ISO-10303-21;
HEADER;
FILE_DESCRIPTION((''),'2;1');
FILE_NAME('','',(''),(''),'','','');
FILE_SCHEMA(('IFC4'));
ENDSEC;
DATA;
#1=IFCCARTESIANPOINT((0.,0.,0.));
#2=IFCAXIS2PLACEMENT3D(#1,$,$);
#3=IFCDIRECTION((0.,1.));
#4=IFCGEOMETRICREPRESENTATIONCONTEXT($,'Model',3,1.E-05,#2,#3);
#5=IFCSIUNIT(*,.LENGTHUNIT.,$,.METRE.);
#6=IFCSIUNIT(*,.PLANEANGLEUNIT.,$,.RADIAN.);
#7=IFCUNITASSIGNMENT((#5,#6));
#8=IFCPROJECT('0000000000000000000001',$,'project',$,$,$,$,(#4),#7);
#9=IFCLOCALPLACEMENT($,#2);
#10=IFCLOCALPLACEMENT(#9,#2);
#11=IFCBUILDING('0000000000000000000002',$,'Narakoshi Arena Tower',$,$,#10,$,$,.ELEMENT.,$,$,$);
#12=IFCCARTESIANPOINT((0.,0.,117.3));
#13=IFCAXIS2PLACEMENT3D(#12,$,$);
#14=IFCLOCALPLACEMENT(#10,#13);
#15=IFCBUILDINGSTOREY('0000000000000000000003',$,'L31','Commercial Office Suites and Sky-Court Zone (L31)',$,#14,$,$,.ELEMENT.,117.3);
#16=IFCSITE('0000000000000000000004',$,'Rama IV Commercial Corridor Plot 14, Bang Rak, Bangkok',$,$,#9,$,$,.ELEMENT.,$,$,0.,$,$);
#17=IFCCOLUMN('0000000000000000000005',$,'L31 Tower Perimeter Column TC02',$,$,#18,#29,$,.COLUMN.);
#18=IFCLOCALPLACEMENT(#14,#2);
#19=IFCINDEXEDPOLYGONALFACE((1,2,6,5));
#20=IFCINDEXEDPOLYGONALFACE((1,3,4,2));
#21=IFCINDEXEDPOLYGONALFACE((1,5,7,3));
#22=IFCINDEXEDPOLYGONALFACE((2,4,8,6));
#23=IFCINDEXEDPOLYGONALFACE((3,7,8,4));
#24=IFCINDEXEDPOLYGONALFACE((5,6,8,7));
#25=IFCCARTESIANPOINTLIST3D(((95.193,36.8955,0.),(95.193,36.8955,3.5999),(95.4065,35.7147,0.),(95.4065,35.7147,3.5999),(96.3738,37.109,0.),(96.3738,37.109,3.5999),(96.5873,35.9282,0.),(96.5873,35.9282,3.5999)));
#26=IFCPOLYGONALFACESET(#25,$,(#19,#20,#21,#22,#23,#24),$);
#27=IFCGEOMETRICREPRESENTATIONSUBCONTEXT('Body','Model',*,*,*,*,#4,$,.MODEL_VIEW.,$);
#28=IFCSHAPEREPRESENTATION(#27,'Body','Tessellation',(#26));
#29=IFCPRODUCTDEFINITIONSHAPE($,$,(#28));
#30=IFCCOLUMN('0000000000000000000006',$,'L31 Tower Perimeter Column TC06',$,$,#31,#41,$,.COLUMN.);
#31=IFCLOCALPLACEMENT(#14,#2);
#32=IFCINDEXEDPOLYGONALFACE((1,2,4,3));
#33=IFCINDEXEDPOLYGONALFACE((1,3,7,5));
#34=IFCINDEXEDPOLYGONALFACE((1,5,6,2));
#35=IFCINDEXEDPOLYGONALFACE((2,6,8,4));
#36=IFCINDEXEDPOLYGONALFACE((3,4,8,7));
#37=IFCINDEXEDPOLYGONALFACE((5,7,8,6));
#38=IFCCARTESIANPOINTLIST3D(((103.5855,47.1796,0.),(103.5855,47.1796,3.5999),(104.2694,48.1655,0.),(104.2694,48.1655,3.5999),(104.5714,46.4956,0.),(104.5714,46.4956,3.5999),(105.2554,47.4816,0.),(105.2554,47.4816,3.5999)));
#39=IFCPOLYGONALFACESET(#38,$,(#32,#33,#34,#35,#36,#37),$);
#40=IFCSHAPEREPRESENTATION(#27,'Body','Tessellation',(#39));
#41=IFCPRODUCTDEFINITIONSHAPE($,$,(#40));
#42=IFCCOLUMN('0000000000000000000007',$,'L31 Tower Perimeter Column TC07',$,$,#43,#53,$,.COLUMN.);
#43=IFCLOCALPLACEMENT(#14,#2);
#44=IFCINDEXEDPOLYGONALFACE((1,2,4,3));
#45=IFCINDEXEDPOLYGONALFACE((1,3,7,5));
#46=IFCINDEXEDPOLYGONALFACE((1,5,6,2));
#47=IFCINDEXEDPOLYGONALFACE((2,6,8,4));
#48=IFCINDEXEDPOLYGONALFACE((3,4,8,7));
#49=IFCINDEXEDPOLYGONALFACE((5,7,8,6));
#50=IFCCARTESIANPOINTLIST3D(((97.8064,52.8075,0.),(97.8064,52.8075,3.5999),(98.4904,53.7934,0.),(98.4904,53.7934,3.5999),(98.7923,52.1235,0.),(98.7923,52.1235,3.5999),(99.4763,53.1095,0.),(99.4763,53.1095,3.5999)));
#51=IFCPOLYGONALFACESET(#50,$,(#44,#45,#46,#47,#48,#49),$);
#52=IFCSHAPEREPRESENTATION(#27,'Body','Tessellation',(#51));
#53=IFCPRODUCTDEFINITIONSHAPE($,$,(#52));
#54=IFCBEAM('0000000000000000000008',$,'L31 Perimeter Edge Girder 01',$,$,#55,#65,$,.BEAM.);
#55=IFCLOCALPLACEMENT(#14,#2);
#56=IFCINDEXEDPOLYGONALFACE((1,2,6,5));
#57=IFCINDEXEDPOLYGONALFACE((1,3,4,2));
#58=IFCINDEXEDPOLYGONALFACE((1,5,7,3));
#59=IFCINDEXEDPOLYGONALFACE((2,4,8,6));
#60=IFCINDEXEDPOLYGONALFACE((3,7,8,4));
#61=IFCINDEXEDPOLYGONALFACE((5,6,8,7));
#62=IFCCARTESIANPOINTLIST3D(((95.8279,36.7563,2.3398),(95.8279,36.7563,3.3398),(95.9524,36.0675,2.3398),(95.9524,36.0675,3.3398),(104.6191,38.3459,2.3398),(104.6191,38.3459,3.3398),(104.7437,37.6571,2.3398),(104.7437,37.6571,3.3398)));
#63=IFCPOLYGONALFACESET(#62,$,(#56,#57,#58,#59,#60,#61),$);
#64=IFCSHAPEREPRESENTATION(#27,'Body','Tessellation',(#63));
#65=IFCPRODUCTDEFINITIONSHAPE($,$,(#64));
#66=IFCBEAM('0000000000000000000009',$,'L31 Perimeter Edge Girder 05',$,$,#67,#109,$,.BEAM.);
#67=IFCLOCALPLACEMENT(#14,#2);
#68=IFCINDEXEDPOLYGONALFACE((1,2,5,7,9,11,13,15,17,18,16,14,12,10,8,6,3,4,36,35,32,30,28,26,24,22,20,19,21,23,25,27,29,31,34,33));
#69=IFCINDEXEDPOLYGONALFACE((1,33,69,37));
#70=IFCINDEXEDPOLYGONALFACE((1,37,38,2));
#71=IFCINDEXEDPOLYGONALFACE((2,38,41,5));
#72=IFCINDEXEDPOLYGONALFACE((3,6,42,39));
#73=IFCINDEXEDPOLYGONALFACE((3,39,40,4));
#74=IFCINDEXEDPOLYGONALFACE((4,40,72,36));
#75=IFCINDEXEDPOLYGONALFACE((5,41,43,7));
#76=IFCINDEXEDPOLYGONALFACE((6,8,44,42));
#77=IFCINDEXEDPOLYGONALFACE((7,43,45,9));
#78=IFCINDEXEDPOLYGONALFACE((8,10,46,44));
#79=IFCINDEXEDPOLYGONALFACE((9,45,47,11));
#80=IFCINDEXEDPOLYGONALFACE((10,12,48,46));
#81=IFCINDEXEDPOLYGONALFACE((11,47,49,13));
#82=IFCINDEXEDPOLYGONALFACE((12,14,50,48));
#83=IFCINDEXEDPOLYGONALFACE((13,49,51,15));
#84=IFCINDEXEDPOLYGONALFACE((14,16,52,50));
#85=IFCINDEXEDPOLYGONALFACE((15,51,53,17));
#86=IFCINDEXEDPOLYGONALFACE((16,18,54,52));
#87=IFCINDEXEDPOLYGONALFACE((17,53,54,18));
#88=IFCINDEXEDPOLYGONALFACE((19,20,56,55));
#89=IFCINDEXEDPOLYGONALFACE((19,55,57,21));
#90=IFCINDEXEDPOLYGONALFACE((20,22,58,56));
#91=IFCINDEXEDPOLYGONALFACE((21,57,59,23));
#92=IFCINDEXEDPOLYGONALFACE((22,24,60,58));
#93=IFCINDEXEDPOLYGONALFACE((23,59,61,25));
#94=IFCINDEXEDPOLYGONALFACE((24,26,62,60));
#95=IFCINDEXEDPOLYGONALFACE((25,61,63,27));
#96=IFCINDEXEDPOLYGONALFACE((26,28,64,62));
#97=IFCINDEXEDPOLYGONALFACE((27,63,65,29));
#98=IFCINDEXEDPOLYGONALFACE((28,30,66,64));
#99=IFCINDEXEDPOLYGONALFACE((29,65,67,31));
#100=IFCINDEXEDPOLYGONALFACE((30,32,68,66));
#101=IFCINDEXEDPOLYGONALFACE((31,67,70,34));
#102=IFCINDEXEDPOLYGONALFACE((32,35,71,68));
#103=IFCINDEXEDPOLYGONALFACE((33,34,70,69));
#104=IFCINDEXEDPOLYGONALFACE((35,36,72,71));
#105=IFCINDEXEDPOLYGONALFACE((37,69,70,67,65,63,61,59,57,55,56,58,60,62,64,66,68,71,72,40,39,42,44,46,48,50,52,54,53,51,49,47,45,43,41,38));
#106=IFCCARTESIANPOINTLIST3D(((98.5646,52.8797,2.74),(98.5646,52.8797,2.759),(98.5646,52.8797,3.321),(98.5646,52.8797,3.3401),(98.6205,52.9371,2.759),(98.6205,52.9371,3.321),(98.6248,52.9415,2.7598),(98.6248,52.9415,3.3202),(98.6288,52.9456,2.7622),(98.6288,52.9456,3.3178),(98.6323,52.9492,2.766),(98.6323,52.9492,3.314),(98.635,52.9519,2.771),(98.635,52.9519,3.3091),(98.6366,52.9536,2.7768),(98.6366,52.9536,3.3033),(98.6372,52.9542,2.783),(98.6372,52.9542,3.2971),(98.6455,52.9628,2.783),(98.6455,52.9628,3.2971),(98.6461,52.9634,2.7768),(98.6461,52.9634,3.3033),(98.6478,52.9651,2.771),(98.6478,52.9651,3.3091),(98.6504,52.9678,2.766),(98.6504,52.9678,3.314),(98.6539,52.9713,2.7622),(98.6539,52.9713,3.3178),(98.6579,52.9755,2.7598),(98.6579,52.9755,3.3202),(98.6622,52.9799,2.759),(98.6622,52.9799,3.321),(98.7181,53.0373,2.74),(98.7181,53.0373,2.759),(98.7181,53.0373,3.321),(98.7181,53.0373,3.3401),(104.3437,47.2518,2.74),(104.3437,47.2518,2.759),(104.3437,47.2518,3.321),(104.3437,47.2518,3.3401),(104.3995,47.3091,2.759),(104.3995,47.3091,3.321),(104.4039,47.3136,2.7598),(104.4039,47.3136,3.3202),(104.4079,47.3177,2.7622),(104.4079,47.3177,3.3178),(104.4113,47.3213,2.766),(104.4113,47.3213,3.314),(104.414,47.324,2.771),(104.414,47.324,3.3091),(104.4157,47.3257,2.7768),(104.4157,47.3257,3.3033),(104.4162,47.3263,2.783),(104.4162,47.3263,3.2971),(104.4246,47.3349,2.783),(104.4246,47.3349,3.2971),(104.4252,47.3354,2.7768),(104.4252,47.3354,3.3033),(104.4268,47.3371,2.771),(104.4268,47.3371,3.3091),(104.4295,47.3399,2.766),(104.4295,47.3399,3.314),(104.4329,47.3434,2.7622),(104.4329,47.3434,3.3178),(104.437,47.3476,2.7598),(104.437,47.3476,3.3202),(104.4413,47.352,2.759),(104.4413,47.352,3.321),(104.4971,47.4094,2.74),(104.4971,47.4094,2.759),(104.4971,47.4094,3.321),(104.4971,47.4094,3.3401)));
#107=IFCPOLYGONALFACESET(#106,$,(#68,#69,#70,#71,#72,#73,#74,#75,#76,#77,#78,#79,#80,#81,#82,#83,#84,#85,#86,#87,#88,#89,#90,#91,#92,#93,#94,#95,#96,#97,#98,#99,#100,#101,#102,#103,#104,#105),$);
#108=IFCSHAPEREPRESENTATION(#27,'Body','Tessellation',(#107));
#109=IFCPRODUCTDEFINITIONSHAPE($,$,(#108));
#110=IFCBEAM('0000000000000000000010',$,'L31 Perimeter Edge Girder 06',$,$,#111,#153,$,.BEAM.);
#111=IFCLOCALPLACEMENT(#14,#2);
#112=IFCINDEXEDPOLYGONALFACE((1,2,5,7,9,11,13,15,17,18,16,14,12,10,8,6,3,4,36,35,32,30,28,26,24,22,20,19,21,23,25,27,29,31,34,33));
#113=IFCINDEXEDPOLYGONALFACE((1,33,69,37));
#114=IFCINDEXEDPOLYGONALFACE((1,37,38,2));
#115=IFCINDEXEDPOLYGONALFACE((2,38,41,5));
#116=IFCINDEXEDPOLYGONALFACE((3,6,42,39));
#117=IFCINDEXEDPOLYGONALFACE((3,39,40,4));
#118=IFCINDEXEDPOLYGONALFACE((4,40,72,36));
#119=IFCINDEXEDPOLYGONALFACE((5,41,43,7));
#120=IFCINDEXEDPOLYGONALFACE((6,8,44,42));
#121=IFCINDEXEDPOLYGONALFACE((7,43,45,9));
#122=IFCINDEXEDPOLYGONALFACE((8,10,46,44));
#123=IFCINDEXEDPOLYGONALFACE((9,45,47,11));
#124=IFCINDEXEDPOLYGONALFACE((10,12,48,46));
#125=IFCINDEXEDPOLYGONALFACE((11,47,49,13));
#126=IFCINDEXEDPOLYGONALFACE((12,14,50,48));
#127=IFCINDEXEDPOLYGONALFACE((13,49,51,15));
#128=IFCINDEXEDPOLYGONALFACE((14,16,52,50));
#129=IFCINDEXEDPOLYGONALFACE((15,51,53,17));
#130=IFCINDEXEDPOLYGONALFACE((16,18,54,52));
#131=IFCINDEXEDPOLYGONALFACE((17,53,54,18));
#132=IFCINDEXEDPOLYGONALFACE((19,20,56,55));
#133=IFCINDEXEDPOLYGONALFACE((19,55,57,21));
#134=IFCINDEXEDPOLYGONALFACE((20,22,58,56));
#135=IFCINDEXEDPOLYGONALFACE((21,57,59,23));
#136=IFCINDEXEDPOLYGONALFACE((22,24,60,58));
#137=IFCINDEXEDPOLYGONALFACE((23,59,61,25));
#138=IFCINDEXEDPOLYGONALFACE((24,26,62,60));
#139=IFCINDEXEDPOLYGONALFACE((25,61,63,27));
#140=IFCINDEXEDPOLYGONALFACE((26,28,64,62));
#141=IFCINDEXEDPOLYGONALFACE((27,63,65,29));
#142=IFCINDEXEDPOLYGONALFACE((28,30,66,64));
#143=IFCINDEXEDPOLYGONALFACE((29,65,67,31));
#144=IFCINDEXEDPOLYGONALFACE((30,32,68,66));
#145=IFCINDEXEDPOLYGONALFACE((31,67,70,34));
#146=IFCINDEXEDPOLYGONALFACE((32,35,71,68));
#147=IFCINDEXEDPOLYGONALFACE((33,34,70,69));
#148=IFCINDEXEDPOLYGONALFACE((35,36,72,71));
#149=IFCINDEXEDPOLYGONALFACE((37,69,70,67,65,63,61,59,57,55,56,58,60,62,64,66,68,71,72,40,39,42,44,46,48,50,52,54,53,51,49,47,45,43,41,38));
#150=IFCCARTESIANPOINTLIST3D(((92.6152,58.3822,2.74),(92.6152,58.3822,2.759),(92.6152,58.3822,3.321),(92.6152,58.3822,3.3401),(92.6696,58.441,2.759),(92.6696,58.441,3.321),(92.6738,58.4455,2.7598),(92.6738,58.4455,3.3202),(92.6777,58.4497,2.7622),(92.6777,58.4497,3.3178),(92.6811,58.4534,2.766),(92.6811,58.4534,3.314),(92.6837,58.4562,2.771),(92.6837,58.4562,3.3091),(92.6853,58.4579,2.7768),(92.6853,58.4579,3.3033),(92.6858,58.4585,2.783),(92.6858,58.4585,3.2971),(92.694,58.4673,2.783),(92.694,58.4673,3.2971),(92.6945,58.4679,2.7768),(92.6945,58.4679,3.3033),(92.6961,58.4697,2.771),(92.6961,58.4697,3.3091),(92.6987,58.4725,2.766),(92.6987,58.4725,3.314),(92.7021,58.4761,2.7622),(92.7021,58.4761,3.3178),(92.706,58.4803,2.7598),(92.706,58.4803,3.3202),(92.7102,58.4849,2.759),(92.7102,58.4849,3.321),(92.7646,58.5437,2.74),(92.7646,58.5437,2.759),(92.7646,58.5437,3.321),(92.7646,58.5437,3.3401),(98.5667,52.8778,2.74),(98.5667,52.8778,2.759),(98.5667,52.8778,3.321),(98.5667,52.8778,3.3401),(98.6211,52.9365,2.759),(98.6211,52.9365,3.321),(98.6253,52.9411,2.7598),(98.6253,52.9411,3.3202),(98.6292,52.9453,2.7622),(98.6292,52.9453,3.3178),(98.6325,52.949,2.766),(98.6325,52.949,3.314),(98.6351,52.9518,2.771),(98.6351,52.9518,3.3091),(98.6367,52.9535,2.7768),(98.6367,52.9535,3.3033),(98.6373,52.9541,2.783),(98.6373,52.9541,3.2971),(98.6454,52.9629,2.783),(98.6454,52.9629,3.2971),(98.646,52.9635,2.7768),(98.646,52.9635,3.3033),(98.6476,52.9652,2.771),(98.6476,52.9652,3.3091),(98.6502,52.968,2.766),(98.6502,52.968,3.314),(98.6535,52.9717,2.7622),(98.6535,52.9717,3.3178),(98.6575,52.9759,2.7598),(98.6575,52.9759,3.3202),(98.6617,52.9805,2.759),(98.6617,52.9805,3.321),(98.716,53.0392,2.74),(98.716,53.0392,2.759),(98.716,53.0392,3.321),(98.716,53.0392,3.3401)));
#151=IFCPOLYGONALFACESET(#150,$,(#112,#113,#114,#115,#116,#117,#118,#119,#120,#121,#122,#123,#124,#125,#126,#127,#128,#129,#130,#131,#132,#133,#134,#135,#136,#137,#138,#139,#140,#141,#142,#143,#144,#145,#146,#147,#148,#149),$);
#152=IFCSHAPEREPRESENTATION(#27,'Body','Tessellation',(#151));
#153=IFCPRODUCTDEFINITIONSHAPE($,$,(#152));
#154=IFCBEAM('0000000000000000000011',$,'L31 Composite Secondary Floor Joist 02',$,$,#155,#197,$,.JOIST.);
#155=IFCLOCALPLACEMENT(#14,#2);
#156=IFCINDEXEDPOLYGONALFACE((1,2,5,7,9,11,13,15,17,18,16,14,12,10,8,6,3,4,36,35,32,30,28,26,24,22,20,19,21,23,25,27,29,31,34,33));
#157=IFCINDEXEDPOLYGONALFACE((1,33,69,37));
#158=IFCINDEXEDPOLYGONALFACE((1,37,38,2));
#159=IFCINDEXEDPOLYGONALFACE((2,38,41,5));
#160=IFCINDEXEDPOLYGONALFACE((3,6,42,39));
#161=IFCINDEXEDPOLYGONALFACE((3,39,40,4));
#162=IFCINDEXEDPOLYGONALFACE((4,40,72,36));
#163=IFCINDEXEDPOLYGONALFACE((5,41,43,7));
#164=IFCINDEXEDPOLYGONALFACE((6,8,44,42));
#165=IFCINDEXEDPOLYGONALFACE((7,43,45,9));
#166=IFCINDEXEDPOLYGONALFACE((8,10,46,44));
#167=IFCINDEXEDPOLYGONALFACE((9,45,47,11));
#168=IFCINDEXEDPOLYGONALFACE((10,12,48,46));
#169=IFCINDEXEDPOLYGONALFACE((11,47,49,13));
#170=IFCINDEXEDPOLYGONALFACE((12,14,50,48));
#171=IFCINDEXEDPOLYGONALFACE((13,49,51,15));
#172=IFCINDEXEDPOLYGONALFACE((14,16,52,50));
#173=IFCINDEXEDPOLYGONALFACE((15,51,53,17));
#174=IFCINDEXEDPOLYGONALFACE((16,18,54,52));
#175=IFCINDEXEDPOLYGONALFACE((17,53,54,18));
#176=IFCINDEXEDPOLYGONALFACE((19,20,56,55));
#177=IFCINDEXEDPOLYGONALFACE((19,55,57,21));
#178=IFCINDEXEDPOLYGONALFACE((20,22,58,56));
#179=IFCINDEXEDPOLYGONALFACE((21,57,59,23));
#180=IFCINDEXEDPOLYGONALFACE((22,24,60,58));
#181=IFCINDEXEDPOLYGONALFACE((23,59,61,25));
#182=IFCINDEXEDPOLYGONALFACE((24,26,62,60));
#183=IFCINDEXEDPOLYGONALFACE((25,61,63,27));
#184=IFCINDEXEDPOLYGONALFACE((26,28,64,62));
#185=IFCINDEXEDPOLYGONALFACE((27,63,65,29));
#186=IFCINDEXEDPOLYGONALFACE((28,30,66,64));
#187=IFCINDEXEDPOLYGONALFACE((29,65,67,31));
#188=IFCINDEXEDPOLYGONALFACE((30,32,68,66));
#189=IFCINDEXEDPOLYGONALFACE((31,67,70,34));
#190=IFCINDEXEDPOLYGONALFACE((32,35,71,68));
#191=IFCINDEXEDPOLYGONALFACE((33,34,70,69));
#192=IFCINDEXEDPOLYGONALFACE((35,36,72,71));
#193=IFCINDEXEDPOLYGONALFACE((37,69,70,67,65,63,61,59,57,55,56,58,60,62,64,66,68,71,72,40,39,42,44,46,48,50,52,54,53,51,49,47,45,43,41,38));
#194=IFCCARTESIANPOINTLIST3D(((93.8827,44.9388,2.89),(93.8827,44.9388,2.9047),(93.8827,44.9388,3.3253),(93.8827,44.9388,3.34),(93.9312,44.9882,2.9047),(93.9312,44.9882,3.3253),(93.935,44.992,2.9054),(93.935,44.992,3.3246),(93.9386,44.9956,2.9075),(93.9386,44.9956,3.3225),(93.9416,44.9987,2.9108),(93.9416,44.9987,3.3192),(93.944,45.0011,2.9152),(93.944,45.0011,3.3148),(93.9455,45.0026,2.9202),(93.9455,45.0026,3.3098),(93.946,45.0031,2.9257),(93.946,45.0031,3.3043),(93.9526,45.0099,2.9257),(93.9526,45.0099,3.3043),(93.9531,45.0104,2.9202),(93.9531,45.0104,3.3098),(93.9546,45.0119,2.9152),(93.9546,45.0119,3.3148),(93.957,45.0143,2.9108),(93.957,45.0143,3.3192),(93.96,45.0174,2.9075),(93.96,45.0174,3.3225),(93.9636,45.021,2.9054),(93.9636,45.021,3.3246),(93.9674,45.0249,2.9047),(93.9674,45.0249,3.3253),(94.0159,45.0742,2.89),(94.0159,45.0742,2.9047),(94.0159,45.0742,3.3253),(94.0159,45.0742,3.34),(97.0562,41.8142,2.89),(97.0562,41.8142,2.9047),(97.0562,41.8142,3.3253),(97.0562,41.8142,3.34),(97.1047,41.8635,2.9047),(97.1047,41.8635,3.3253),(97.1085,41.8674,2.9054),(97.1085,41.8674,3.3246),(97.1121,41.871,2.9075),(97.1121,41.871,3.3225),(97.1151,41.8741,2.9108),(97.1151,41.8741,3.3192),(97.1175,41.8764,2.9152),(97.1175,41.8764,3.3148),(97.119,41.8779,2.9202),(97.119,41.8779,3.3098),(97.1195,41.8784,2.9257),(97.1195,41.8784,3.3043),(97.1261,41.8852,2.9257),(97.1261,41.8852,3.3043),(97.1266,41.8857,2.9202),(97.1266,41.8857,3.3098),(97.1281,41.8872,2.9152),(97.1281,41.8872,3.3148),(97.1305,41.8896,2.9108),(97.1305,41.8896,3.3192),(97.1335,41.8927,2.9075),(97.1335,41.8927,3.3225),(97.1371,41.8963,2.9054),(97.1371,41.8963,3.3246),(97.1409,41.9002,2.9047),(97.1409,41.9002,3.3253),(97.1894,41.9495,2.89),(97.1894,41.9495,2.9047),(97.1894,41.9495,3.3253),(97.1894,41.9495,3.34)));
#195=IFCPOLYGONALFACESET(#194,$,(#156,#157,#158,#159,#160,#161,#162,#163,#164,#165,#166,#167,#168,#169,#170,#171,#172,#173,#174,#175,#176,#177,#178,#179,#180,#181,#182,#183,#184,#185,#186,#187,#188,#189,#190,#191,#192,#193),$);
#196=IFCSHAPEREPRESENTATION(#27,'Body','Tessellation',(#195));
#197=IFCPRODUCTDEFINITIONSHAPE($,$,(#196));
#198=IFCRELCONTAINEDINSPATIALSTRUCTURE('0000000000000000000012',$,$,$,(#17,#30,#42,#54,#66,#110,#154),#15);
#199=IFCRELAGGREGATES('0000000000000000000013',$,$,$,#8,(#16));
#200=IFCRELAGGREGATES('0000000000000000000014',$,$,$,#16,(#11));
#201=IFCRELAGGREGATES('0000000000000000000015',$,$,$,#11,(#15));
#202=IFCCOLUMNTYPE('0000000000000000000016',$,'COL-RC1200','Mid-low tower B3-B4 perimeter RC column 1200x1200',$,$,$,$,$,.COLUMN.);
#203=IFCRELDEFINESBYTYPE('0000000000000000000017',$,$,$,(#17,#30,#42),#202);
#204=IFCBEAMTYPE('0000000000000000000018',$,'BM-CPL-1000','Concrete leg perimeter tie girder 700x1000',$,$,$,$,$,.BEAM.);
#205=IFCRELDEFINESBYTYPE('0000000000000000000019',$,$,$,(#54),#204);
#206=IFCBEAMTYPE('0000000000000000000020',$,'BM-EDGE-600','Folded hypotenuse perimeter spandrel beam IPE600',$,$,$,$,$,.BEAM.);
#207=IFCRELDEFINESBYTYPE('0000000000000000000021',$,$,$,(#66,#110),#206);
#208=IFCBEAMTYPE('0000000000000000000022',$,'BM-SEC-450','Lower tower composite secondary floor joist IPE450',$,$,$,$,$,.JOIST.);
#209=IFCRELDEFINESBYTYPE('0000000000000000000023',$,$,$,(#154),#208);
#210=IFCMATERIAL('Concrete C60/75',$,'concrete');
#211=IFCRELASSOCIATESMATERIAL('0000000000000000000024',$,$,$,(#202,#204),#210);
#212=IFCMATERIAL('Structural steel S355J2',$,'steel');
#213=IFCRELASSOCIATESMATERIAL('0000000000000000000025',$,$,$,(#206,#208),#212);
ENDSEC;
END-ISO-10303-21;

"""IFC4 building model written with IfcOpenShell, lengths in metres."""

from ifc_helpers import new_model, si_unit, direction, frame, origin, origin_2d, place, context, subcontext, project, spatial, rectangle, i_section, extrude, material, material_profile, profile_set, type_object, element, save


model = new_model("IFC4")

# Units and contexts
model_context = context("Model", 3, precision=1e-05, world=origin(), true_north=direction((0.0, 1.0)))
body_context = subcontext(model_context, "Body", "Model", "MODEL_VIEW")
ifc_project = project(units=[si_unit("LENGTHUNIT", "METRE"), si_unit("PLANEANGLEUNIT", "RADIAN")], contexts=[model_context])

# Site, building, storey
site_placement = place(None, origin())
site = spatial("IfcSite", under=ifc_project, at=site_placement, Name="Rama IV Commercial Corridor Plot 14, Bang Rak, Bangkok", CompositionType="ELEMENT", RefElevation=0.0)
building_placement = place(site_placement, origin())
building = spatial("IfcBuilding", under=site, at=building_placement, Name="Narakoshi Arena Tower", CompositionType="ELEMENT")
storey_placement = place(building_placement, frame((0.0, 0.0, 117.3)))
storey = spatial("IfcBuildingStorey", under=building, at=storey_placement, Name="L31", Description="Commercial Office Suites and Sky-Court Zone (L31)", CompositionType="ELEMENT", Elevation=117.3)

# Columns
ifc_material_1 = material(Name="Concrete C60/75", Category="concrete")
ifc_material_profile_1 = material_profile(ifc_material_1, rectangle(XDim=1.2, YDim=1.2, at=origin_2d()), Name="RC1200x1200")
ifc_profile_set_1 = profile_set([ifc_material_profile_1], Name="Concrete C60/75")
column_type = type_object("IfcColumnType", Name="COL-RC1200", Description="Mid-low tower B3-B4 perimeter RC column 1200x1200", PredefinedType="COLUMN", material=ifc_profile_set_1)
for number, where, z_axis, x_axis, name in (
    (1, (95.8901, 36.4119, 0.0), (0.0, 0.0, 1.0), (0.984041, 0.177944, 0.0), "L31 Tower Perimeter Column TC02"),
    (2, (104.4204, 47.3306, 0.0), (0.0, 0.0, 1.0), (0.569997, 0.821647, 0.0), "L31 Tower Perimeter Column TC06"),
    (3, (98.6414, 52.9585, 0.0), (0.0, 0.0, 1.0), (0.569997, 0.821647, 0.0), "L31 Tower Perimeter Column TC07"),
):
    element("IfcColumn", number, at=place(storey_placement, frame(where, z_axis=z_axis, x_axis=x_axis)), inside=storey, type_object=column_type, Name=name, PredefinedType="COLUMN", context=body_context, shape_type="SweptSolid", body=[
        extrude(rectangle(XDim=1.2, YDim=1.2, at=origin_2d()), origin(), (0.0, 0.0, 1.0), 3.5999),
    ])

# Beams
ifc_material_profile_2 = material_profile(ifc_material_1, rectangle(XDim=0.7, YDim=1.0, at=origin_2d()), Name="RCB700x1000")
ifc_profile_set_2 = profile_set([ifc_material_profile_2], Name="Concrete C60/75")
beam_type_1 = type_object("IfcBeamType", Name="BM-CPL-1000", Description="Concrete leg perimeter tie girder 700x1000", PredefinedType="BEAM", material=ifc_profile_set_2)
beam_1_placement = place(storey_placement, frame((95.8901, 36.4119, 2.8398), z_axis=(0.984043, 0.177931, 0.0), x_axis=(-0.177931, 0.984043, 0.0)))
element("IfcBeam", 4, at=beam_1_placement, inside=storey, type_object=beam_type_1, Name="L31 Perimeter Edge Girder 01", PredefinedType="BEAM", context=body_context, shape_type="SweptSolid", body=[
    extrude(rectangle(XDim=0.7, YDim=1.0, at=origin_2d()), origin(), (0.0, 0.0, 1.0), 8.9338),
])
ifc_material_2 = material(Name="Structural steel S355J2", Category="steel")
ifc_material_profile_3 = material_profile(ifc_material_2, i_section(OverallWidth=0.22, OverallDepth=0.6001, WebThickness=0.012, FlangeThickness=0.019, FilletRadius=0.0239, at=origin_2d()), Name="IPE600")
ifc_profile_set_3 = profile_set([ifc_material_profile_3], Name="Structural steel S355J2")
beam_type_2 = type_object("IfcBeamType", Name="BM-EDGE-600", Description="Folded hypotenuse perimeter spandrel beam IPE600", PredefinedType="BEAM", material=ifc_profile_set_3)
beam_2_placement = place(storey_placement, frame((104.4204, 47.3306, 3.04), z_axis=(-0.716412, 0.697678, 0.0), x_axis=(-0.697678, -0.716412, 0.0)))
element("IfcBeam", 5, at=beam_2_placement, inside=storey, type_object=beam_type_2, Name="L31 Perimeter Edge Girder 05", PredefinedType="BEAM", context=body_context, shape_type="SweptSolid", body=[
    extrude(i_section(OverallWidth=0.22, OverallDepth=0.6001, WebThickness=0.012, FlangeThickness=0.019, FilletRadius=0.0239, at=origin_2d()), origin(), (0.0, 0.0, 1.0), 8.0667),
])
beam_3_placement = place(storey_placement, frame((98.6414, 52.9585, 3.04), z_axis=(-0.73414, 0.678998, 0.0), x_axis=(-0.678998, -0.73414, 0.0)))
element("IfcBeam", 6, at=beam_3_placement, inside=storey, type_object=beam_type_2, Name="L31 Perimeter Edge Girder 06", PredefinedType="BEAM", context=body_context, shape_type="SweptSolid", body=[
    extrude(i_section(OverallWidth=0.22, OverallDepth=0.6001, WebThickness=0.012, FlangeThickness=0.019, FilletRadius=0.0239, at=origin_2d()), origin(), (0.0, 0.0, 1.0), 8.1067),
])
ifc_material_profile_4 = material_profile(ifc_material_2, i_section(OverallWidth=0.1899, OverallDepth=0.45, WebThickness=0.0095, FlangeThickness=0.0146, FilletRadius=0.021, at=origin_2d()), Name="IPE450")
ifc_profile_set_4 = profile_set([ifc_material_profile_4], Name="Structural steel S355J2")
beam_type_3 = type_object("IfcBeamType", Name="BM-SEC-450", Description="Lower tower composite secondary floor joist IPE450", PredefinedType="JOIST", material=ifc_profile_set_4)
beam_4_placement = place(storey_placement, frame((97.1228, 41.8818, 3.115), z_axis=(-0.712567, 0.701604, 0.0), x_axis=(-0.701604, -0.712567, 0.0)))
element("IfcBeam", 7, at=beam_4_placement, inside=storey, type_object=beam_type_3, Name="L31 Composite Secondary Floor Joist 02", PredefinedType="JOIST", context=body_context, shape_type="SweptSolid", body=[
    extrude(i_section(OverallWidth=0.1899, OverallDepth=0.45, WebThickness=0.0095, FlangeThickness=0.0146, FilletRadius=0.021, at=origin_2d()), origin(), (0.0, 0.0, 1.0), 4.4536),
])

save(model, "model.ifc")
